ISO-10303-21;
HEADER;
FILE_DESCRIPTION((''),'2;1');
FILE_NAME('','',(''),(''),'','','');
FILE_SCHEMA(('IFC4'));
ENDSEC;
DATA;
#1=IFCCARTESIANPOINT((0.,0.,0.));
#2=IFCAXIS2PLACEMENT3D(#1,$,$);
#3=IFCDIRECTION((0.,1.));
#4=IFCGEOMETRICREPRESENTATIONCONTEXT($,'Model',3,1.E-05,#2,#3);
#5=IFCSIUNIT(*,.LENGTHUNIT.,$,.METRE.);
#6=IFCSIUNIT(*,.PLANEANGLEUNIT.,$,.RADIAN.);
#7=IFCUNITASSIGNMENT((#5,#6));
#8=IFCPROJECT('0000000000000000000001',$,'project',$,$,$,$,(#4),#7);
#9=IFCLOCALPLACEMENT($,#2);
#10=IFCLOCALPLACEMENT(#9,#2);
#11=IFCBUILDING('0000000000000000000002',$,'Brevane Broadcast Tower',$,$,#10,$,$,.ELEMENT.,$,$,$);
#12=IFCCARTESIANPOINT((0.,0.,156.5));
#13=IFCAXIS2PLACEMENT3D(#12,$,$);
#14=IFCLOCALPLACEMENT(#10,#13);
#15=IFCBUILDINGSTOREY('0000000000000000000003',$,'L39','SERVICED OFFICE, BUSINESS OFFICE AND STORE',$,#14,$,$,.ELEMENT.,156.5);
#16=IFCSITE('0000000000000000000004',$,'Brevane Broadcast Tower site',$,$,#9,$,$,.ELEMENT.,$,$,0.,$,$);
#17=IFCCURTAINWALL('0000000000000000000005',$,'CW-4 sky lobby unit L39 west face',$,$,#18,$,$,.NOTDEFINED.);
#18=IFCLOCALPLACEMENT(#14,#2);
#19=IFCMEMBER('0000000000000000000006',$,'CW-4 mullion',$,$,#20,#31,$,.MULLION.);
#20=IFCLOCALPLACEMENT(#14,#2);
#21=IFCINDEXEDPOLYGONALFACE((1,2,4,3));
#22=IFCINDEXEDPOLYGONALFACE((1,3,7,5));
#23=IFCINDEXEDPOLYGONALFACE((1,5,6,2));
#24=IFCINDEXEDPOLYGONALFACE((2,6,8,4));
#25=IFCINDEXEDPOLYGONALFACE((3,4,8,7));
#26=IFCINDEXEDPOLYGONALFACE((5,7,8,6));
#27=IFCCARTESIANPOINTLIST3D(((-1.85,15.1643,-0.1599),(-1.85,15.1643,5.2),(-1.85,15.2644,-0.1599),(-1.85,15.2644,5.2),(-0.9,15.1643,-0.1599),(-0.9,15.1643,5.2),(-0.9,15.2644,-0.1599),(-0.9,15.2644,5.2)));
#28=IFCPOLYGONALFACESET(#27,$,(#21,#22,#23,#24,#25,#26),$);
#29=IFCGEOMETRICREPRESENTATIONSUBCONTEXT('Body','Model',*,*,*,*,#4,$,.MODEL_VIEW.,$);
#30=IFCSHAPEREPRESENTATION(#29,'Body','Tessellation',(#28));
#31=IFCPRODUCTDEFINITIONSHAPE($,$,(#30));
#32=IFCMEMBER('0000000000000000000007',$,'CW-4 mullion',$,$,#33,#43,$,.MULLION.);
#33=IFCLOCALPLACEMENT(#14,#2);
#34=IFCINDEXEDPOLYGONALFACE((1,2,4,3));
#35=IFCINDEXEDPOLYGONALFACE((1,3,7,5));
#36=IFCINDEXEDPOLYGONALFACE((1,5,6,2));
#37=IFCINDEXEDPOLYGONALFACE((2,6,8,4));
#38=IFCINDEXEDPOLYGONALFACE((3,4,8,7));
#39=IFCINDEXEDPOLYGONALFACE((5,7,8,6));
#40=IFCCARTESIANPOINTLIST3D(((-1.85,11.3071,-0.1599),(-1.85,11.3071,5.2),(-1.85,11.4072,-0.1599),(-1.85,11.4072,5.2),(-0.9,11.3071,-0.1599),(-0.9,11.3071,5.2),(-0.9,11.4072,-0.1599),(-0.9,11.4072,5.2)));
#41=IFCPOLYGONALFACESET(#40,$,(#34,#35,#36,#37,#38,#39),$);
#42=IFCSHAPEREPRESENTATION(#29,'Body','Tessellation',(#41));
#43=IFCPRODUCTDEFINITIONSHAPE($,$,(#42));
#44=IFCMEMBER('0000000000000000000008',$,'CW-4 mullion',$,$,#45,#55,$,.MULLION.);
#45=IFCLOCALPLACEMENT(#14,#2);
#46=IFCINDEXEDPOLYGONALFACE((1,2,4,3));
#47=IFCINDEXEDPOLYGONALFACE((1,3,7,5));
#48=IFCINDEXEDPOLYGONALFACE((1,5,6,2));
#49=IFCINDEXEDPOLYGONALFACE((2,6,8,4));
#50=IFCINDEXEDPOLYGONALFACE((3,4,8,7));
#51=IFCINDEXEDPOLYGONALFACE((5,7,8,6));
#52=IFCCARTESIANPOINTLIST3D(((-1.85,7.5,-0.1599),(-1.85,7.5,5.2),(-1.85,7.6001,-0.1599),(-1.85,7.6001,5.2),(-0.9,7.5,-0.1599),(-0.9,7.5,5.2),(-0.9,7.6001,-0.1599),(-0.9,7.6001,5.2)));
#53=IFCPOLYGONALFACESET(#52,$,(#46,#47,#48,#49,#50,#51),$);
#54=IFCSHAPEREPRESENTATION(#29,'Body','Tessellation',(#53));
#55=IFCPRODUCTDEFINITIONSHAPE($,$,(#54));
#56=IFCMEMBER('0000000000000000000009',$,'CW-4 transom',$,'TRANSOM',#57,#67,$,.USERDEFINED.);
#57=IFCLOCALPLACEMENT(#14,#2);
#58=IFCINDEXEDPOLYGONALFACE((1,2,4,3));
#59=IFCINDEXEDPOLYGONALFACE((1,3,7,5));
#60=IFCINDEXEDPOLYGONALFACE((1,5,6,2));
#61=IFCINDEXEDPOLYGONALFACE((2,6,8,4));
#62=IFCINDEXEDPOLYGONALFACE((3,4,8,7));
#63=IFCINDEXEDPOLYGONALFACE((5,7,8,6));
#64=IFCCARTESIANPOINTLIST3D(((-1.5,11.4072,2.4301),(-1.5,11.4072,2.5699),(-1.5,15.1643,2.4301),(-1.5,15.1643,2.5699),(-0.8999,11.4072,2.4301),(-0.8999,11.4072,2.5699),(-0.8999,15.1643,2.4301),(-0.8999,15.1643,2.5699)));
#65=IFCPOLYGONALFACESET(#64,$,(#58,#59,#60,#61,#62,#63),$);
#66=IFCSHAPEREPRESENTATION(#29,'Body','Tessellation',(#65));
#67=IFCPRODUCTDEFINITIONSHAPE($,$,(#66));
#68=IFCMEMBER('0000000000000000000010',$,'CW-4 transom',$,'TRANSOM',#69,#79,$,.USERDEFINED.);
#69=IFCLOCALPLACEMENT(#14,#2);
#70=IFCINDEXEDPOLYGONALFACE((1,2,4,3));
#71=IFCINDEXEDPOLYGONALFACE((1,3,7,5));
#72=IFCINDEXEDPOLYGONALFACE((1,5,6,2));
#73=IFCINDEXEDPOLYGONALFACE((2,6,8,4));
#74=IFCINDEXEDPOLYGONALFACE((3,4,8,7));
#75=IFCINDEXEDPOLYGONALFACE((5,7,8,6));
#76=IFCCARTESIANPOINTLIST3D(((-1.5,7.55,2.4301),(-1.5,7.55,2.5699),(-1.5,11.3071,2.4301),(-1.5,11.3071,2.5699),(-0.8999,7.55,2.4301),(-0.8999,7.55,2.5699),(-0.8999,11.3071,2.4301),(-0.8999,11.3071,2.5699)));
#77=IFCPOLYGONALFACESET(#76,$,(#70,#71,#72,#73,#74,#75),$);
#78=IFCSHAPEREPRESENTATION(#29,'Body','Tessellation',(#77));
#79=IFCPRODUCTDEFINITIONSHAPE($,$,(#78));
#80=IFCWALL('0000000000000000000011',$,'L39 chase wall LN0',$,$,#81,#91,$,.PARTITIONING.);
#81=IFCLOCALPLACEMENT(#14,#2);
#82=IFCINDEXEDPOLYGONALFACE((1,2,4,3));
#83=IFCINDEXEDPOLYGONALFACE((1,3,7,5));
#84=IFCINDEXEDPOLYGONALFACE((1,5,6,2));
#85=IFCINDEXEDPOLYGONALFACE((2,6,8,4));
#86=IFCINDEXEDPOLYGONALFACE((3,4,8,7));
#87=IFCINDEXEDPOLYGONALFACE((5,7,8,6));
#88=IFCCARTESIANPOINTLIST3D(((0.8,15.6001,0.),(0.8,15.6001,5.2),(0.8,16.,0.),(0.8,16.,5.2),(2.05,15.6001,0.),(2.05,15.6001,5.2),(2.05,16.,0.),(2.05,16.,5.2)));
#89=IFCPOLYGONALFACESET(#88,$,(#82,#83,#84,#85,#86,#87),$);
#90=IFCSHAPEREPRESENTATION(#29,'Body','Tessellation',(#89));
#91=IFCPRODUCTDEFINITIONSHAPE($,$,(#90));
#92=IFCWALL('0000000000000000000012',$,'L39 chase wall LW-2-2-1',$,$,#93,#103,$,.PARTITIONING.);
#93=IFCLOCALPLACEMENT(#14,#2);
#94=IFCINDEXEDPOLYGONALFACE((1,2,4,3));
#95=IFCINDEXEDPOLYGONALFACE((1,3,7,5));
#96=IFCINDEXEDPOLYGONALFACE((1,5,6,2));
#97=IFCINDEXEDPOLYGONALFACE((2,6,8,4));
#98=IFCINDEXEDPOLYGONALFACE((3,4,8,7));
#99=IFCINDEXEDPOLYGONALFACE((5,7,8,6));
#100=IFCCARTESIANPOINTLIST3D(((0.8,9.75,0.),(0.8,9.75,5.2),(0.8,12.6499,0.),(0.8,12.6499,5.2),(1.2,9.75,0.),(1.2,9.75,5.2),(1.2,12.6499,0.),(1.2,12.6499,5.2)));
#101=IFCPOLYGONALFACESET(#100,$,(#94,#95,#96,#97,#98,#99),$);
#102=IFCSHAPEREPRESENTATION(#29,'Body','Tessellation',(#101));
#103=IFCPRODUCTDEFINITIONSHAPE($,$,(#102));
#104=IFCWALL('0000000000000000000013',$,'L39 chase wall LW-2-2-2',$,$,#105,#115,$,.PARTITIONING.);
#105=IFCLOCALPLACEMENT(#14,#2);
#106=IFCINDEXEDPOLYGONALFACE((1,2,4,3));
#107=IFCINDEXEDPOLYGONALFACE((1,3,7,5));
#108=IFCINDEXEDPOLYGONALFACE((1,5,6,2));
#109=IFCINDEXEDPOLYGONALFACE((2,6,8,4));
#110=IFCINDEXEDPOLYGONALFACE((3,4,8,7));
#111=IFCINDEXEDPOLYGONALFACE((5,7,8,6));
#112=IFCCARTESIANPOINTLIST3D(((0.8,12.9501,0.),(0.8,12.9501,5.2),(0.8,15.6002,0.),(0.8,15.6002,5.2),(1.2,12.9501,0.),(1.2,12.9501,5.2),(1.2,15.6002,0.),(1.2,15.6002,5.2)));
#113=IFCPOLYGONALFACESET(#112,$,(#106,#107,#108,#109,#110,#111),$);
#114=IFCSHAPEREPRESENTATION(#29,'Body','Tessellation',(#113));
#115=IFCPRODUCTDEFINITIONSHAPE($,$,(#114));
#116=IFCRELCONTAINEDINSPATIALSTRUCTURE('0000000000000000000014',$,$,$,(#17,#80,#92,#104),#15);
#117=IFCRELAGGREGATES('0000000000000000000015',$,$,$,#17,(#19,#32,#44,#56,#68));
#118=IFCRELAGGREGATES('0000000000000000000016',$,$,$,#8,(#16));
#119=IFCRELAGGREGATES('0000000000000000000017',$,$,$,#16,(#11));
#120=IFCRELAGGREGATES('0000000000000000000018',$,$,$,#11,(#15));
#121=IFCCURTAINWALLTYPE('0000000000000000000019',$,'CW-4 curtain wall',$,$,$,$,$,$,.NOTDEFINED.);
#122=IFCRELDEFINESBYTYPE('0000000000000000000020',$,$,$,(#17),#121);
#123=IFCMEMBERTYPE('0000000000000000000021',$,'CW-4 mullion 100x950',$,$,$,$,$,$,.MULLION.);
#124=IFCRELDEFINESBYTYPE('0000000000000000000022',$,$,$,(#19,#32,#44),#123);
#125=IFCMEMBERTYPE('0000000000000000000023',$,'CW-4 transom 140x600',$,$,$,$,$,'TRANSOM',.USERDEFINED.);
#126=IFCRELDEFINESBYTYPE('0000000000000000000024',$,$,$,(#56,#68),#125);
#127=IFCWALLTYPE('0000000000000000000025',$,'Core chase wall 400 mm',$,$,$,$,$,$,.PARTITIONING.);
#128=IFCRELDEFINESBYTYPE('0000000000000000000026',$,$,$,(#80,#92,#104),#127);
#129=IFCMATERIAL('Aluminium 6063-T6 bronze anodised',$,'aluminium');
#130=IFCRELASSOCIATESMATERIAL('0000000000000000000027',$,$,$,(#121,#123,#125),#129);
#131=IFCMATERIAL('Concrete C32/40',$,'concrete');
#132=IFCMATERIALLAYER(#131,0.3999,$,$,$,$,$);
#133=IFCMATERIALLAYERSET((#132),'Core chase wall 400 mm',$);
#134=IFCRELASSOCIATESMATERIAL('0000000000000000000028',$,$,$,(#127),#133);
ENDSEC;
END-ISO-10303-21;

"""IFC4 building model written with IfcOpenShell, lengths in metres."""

from ifc_helpers import new_model, si_unit, direction, frame, frame_2d, origin, origin_2d, place, context, subcontext, project, spatial, rectangle, extrude, material, layer, layer_set, material_profile, profile_set, type_object, element, aggregate, save


model = new_model("IFC4")

# Units and contexts
model_context = context("Model", 3, precision=1e-05, world=origin(), true_north=direction((0.0, 1.0)))
body_context = subcontext(model_context, "Body", "Model", "MODEL_VIEW")
ifc_project = project(units=[si_unit("LENGTHUNIT", "METRE"), si_unit("PLANEANGLEUNIT", "RADIAN")], contexts=[model_context])

# Site, building, storey
site_placement = place(None, origin())
site = spatial("IfcSite", under=ifc_project, at=site_placement, Name="Brevane Broadcast Tower site", CompositionType="ELEMENT", RefElevation=0.0)
building_placement = place(site_placement, origin())
building = spatial("IfcBuilding", under=site, at=building_placement, Name="Brevane Broadcast Tower", CompositionType="ELEMENT")
storey_placement = place(building_placement, frame((0.0, 0.0, 156.5)))
storey = spatial("IfcBuildingStorey", under=building, at=storey_placement, Name="L39", Description="SERVICED OFFICE, BUSINESS OFFICE AND STORE", CompositionType="ELEMENT", Elevation=156.5)

# Curtain wall, members
ifc_material_1 = material(Name="Aluminium 6063-T6 bronze anodised", Category="aluminium")
curtain_wall_type = type_object("IfcCurtainWallType", Name="CW-4 curtain wall", PredefinedType="NOTDEFINED", material=ifc_material_1)
curtain_wall_placement = place(storey_placement, origin())
curtain_wall = element("IfcCurtainWall", 1, at=curtain_wall_placement, inside=storey, type_object=curtain_wall_type, Name="CW-4 sky lobby unit L39 west face", PredefinedType="NOTDEFINED")
ifc_material_profile_1 = material_profile(ifc_material_1, rectangle(XDim=0.95, YDim=0.1001, at=origin_2d()), Name="RECT 100x950")
ifc_profile_set_1 = profile_set([ifc_material_profile_1], Name="Aluminium 6063-T6 bronze anodised")
member_type_1 = type_object("IfcMemberType", Name="CW-4 mullion 100x950", PredefinedType="MULLION", material=ifc_profile_set_1)
member_1_placement = place(storey_placement, frame((-1.375, 15.2144, -0.1599), z_axis=(0.0, 0.0, 1.0), x_axis=(1.0, 0.0, 0.0)))
member_1 = element("IfcMember", 2, at=member_1_placement, type_object=member_type_1, Name="CW-4 mullion", PredefinedType="MULLION", context=body_context, shape_type="SweptSolid", body=[
    extrude(rectangle(XDim=0.95, YDim=0.1001, at=origin_2d()), origin(), (0.0, 0.0, 1.0), 5.3599),
])
member_2_placement = place(storey_placement, frame((-1.375, 11.3572, -0.1599), z_axis=(0.0, 0.0, 1.0), x_axis=(1.0, 0.0, 0.0)))
member_2 = element("IfcMember", 3, at=member_2_placement, type_object=member_type_1, Name="CW-4 mullion", PredefinedType="MULLION", context=body_context, shape_type="SweptSolid", body=[
    extrude(rectangle(XDim=0.95, YDim=0.1001, at=origin_2d()), origin(), (0.0, 0.0, 1.0), 5.3599),
])
member_3_placement = place(storey_placement, frame((-1.375, 7.55, -0.1599), z_axis=(0.0, 0.0, 1.0), x_axis=(1.0, 0.0, 0.0)))
member_3 = element("IfcMember", 4, at=member_3_placement, type_object=member_type_1, Name="CW-4 mullion", PredefinedType="MULLION", context=body_context, shape_type="SweptSolid", body=[
    extrude(rectangle(XDim=0.95, YDim=0.1001, at=origin_2d()), origin(), (0.0, 0.0, 1.0), 5.3599),
])
ifc_material_profile_2 = material_profile(ifc_material_1, rectangle(XDim=0.6001, YDim=0.1399, at=origin_2d()), Name="RECT 140x600")
ifc_profile_set_2 = profile_set([ifc_material_profile_2], Name="Aluminium 6063-T6 bronze anodised")
member_type_2 = type_object("IfcMemberType", Name="CW-4 transom 140x600", ElementType="TRANSOM", PredefinedType="USERDEFINED", material=ifc_profile_set_2)
member_4_placement = place(storey_placement, frame((-1.2, 15.1643, 2.5), z_axis=(0.0, -1.0, 0.0), x_axis=(1.0, 0.0, 0.0)))
member_4 = element("IfcMember", 5, at=member_4_placement, type_object=member_type_2, Name="CW-4 transom", ObjectType="TRANSOM", PredefinedType="USERDEFINED", context=body_context, shape_type="SweptSolid", body=[
    extrude(rectangle(XDim=0.6001, YDim=0.1399, at=origin_2d()), origin(), (0.0, 0.0, 1.0), 3.7571),
])
member_5_placement = place(storey_placement, frame((-1.2, 11.3071, 2.5), z_axis=(0.0, -1.0, 0.0), x_axis=(1.0, 0.0, 0.0)))
member_5 = element("IfcMember", 6, at=member_5_placement, type_object=member_type_2, Name="CW-4 transom", ObjectType="TRANSOM", PredefinedType="USERDEFINED", context=body_context, shape_type="SweptSolid", body=[
    extrude(rectangle(XDim=0.6001, YDim=0.1399, at=origin_2d()), origin(), (0.0, 0.0, 1.0), 3.7571),
])
aggregate(curtain_wall, [member_1, member_2, member_3, member_4, member_5])

# Walls
ifc_material_2 = material(Name="Concrete C32/40", Category="concrete")
ifc_layer_1 = layer(ifc_material_2, 0.3999)
ifc_layer_set_1 = layer_set([ifc_layer_1], Name="Core chase wall 400 mm")
wall_type_1 = type_object("IfcWallType", Name="Core chase wall 400 mm", PredefinedType="PARTITIONING", material=ifc_layer_set_1)
wall_1_placement = place(storey_placement, frame((0.8, 15.8, 0.0), z_axis=(0.0, 0.0, 1.0), x_axis=(1.0, 0.0, 0.0)))
element("IfcWall", 7, at=wall_1_placement, inside=storey, type_object=wall_type_1, Name="L39 chase wall LN0", PredefinedType="PARTITIONING", context=body_context, shape_type="SweptSolid", body=[
    extrude(rectangle(XDim=1.25, YDim=0.3999, at=frame_2d((0.625, 0.0))), origin(), (0.0, 0.0, 1.0), 5.2),
])
wall_2_placement = place(storey_placement, frame((1.0, 9.75, 0.0), z_axis=(0.0, 0.0, 1.0), x_axis=(0.0, 1.0, 0.0)))
element("IfcWall", 8, at=wall_2_placement, inside=storey, type_object=wall_type_1, Name="L39 chase wall LW-2-2-1", PredefinedType="PARTITIONING", context=body_context, shape_type="SweptSolid", body=[
    extrude(rectangle(XDim=2.8999, YDim=0.3999, at=frame_2d((1.45, 0.0))), origin(), (0.0, 0.0, 1.0), 5.2),
])
wall_3_placement = place(storey_placement, frame((1.0, 12.95, 0.0), z_axis=(0.0, 0.0, 1.0), x_axis=(0.0, 1.0, 0.0)))
element("IfcWall", 9, at=wall_3_placement, inside=storey, type_object=wall_type_1, Name="L39 chase wall LW-2-2-2", PredefinedType="PARTITIONING", context=body_context, shape_type="SweptSolid", body=[
    extrude(rectangle(XDim=2.6501, YDim=0.3999, at=frame_2d((1.3252, 0.0))), origin(), (0.0, 0.0, 1.0), 5.2),
])

save(model, "model.ifc")
